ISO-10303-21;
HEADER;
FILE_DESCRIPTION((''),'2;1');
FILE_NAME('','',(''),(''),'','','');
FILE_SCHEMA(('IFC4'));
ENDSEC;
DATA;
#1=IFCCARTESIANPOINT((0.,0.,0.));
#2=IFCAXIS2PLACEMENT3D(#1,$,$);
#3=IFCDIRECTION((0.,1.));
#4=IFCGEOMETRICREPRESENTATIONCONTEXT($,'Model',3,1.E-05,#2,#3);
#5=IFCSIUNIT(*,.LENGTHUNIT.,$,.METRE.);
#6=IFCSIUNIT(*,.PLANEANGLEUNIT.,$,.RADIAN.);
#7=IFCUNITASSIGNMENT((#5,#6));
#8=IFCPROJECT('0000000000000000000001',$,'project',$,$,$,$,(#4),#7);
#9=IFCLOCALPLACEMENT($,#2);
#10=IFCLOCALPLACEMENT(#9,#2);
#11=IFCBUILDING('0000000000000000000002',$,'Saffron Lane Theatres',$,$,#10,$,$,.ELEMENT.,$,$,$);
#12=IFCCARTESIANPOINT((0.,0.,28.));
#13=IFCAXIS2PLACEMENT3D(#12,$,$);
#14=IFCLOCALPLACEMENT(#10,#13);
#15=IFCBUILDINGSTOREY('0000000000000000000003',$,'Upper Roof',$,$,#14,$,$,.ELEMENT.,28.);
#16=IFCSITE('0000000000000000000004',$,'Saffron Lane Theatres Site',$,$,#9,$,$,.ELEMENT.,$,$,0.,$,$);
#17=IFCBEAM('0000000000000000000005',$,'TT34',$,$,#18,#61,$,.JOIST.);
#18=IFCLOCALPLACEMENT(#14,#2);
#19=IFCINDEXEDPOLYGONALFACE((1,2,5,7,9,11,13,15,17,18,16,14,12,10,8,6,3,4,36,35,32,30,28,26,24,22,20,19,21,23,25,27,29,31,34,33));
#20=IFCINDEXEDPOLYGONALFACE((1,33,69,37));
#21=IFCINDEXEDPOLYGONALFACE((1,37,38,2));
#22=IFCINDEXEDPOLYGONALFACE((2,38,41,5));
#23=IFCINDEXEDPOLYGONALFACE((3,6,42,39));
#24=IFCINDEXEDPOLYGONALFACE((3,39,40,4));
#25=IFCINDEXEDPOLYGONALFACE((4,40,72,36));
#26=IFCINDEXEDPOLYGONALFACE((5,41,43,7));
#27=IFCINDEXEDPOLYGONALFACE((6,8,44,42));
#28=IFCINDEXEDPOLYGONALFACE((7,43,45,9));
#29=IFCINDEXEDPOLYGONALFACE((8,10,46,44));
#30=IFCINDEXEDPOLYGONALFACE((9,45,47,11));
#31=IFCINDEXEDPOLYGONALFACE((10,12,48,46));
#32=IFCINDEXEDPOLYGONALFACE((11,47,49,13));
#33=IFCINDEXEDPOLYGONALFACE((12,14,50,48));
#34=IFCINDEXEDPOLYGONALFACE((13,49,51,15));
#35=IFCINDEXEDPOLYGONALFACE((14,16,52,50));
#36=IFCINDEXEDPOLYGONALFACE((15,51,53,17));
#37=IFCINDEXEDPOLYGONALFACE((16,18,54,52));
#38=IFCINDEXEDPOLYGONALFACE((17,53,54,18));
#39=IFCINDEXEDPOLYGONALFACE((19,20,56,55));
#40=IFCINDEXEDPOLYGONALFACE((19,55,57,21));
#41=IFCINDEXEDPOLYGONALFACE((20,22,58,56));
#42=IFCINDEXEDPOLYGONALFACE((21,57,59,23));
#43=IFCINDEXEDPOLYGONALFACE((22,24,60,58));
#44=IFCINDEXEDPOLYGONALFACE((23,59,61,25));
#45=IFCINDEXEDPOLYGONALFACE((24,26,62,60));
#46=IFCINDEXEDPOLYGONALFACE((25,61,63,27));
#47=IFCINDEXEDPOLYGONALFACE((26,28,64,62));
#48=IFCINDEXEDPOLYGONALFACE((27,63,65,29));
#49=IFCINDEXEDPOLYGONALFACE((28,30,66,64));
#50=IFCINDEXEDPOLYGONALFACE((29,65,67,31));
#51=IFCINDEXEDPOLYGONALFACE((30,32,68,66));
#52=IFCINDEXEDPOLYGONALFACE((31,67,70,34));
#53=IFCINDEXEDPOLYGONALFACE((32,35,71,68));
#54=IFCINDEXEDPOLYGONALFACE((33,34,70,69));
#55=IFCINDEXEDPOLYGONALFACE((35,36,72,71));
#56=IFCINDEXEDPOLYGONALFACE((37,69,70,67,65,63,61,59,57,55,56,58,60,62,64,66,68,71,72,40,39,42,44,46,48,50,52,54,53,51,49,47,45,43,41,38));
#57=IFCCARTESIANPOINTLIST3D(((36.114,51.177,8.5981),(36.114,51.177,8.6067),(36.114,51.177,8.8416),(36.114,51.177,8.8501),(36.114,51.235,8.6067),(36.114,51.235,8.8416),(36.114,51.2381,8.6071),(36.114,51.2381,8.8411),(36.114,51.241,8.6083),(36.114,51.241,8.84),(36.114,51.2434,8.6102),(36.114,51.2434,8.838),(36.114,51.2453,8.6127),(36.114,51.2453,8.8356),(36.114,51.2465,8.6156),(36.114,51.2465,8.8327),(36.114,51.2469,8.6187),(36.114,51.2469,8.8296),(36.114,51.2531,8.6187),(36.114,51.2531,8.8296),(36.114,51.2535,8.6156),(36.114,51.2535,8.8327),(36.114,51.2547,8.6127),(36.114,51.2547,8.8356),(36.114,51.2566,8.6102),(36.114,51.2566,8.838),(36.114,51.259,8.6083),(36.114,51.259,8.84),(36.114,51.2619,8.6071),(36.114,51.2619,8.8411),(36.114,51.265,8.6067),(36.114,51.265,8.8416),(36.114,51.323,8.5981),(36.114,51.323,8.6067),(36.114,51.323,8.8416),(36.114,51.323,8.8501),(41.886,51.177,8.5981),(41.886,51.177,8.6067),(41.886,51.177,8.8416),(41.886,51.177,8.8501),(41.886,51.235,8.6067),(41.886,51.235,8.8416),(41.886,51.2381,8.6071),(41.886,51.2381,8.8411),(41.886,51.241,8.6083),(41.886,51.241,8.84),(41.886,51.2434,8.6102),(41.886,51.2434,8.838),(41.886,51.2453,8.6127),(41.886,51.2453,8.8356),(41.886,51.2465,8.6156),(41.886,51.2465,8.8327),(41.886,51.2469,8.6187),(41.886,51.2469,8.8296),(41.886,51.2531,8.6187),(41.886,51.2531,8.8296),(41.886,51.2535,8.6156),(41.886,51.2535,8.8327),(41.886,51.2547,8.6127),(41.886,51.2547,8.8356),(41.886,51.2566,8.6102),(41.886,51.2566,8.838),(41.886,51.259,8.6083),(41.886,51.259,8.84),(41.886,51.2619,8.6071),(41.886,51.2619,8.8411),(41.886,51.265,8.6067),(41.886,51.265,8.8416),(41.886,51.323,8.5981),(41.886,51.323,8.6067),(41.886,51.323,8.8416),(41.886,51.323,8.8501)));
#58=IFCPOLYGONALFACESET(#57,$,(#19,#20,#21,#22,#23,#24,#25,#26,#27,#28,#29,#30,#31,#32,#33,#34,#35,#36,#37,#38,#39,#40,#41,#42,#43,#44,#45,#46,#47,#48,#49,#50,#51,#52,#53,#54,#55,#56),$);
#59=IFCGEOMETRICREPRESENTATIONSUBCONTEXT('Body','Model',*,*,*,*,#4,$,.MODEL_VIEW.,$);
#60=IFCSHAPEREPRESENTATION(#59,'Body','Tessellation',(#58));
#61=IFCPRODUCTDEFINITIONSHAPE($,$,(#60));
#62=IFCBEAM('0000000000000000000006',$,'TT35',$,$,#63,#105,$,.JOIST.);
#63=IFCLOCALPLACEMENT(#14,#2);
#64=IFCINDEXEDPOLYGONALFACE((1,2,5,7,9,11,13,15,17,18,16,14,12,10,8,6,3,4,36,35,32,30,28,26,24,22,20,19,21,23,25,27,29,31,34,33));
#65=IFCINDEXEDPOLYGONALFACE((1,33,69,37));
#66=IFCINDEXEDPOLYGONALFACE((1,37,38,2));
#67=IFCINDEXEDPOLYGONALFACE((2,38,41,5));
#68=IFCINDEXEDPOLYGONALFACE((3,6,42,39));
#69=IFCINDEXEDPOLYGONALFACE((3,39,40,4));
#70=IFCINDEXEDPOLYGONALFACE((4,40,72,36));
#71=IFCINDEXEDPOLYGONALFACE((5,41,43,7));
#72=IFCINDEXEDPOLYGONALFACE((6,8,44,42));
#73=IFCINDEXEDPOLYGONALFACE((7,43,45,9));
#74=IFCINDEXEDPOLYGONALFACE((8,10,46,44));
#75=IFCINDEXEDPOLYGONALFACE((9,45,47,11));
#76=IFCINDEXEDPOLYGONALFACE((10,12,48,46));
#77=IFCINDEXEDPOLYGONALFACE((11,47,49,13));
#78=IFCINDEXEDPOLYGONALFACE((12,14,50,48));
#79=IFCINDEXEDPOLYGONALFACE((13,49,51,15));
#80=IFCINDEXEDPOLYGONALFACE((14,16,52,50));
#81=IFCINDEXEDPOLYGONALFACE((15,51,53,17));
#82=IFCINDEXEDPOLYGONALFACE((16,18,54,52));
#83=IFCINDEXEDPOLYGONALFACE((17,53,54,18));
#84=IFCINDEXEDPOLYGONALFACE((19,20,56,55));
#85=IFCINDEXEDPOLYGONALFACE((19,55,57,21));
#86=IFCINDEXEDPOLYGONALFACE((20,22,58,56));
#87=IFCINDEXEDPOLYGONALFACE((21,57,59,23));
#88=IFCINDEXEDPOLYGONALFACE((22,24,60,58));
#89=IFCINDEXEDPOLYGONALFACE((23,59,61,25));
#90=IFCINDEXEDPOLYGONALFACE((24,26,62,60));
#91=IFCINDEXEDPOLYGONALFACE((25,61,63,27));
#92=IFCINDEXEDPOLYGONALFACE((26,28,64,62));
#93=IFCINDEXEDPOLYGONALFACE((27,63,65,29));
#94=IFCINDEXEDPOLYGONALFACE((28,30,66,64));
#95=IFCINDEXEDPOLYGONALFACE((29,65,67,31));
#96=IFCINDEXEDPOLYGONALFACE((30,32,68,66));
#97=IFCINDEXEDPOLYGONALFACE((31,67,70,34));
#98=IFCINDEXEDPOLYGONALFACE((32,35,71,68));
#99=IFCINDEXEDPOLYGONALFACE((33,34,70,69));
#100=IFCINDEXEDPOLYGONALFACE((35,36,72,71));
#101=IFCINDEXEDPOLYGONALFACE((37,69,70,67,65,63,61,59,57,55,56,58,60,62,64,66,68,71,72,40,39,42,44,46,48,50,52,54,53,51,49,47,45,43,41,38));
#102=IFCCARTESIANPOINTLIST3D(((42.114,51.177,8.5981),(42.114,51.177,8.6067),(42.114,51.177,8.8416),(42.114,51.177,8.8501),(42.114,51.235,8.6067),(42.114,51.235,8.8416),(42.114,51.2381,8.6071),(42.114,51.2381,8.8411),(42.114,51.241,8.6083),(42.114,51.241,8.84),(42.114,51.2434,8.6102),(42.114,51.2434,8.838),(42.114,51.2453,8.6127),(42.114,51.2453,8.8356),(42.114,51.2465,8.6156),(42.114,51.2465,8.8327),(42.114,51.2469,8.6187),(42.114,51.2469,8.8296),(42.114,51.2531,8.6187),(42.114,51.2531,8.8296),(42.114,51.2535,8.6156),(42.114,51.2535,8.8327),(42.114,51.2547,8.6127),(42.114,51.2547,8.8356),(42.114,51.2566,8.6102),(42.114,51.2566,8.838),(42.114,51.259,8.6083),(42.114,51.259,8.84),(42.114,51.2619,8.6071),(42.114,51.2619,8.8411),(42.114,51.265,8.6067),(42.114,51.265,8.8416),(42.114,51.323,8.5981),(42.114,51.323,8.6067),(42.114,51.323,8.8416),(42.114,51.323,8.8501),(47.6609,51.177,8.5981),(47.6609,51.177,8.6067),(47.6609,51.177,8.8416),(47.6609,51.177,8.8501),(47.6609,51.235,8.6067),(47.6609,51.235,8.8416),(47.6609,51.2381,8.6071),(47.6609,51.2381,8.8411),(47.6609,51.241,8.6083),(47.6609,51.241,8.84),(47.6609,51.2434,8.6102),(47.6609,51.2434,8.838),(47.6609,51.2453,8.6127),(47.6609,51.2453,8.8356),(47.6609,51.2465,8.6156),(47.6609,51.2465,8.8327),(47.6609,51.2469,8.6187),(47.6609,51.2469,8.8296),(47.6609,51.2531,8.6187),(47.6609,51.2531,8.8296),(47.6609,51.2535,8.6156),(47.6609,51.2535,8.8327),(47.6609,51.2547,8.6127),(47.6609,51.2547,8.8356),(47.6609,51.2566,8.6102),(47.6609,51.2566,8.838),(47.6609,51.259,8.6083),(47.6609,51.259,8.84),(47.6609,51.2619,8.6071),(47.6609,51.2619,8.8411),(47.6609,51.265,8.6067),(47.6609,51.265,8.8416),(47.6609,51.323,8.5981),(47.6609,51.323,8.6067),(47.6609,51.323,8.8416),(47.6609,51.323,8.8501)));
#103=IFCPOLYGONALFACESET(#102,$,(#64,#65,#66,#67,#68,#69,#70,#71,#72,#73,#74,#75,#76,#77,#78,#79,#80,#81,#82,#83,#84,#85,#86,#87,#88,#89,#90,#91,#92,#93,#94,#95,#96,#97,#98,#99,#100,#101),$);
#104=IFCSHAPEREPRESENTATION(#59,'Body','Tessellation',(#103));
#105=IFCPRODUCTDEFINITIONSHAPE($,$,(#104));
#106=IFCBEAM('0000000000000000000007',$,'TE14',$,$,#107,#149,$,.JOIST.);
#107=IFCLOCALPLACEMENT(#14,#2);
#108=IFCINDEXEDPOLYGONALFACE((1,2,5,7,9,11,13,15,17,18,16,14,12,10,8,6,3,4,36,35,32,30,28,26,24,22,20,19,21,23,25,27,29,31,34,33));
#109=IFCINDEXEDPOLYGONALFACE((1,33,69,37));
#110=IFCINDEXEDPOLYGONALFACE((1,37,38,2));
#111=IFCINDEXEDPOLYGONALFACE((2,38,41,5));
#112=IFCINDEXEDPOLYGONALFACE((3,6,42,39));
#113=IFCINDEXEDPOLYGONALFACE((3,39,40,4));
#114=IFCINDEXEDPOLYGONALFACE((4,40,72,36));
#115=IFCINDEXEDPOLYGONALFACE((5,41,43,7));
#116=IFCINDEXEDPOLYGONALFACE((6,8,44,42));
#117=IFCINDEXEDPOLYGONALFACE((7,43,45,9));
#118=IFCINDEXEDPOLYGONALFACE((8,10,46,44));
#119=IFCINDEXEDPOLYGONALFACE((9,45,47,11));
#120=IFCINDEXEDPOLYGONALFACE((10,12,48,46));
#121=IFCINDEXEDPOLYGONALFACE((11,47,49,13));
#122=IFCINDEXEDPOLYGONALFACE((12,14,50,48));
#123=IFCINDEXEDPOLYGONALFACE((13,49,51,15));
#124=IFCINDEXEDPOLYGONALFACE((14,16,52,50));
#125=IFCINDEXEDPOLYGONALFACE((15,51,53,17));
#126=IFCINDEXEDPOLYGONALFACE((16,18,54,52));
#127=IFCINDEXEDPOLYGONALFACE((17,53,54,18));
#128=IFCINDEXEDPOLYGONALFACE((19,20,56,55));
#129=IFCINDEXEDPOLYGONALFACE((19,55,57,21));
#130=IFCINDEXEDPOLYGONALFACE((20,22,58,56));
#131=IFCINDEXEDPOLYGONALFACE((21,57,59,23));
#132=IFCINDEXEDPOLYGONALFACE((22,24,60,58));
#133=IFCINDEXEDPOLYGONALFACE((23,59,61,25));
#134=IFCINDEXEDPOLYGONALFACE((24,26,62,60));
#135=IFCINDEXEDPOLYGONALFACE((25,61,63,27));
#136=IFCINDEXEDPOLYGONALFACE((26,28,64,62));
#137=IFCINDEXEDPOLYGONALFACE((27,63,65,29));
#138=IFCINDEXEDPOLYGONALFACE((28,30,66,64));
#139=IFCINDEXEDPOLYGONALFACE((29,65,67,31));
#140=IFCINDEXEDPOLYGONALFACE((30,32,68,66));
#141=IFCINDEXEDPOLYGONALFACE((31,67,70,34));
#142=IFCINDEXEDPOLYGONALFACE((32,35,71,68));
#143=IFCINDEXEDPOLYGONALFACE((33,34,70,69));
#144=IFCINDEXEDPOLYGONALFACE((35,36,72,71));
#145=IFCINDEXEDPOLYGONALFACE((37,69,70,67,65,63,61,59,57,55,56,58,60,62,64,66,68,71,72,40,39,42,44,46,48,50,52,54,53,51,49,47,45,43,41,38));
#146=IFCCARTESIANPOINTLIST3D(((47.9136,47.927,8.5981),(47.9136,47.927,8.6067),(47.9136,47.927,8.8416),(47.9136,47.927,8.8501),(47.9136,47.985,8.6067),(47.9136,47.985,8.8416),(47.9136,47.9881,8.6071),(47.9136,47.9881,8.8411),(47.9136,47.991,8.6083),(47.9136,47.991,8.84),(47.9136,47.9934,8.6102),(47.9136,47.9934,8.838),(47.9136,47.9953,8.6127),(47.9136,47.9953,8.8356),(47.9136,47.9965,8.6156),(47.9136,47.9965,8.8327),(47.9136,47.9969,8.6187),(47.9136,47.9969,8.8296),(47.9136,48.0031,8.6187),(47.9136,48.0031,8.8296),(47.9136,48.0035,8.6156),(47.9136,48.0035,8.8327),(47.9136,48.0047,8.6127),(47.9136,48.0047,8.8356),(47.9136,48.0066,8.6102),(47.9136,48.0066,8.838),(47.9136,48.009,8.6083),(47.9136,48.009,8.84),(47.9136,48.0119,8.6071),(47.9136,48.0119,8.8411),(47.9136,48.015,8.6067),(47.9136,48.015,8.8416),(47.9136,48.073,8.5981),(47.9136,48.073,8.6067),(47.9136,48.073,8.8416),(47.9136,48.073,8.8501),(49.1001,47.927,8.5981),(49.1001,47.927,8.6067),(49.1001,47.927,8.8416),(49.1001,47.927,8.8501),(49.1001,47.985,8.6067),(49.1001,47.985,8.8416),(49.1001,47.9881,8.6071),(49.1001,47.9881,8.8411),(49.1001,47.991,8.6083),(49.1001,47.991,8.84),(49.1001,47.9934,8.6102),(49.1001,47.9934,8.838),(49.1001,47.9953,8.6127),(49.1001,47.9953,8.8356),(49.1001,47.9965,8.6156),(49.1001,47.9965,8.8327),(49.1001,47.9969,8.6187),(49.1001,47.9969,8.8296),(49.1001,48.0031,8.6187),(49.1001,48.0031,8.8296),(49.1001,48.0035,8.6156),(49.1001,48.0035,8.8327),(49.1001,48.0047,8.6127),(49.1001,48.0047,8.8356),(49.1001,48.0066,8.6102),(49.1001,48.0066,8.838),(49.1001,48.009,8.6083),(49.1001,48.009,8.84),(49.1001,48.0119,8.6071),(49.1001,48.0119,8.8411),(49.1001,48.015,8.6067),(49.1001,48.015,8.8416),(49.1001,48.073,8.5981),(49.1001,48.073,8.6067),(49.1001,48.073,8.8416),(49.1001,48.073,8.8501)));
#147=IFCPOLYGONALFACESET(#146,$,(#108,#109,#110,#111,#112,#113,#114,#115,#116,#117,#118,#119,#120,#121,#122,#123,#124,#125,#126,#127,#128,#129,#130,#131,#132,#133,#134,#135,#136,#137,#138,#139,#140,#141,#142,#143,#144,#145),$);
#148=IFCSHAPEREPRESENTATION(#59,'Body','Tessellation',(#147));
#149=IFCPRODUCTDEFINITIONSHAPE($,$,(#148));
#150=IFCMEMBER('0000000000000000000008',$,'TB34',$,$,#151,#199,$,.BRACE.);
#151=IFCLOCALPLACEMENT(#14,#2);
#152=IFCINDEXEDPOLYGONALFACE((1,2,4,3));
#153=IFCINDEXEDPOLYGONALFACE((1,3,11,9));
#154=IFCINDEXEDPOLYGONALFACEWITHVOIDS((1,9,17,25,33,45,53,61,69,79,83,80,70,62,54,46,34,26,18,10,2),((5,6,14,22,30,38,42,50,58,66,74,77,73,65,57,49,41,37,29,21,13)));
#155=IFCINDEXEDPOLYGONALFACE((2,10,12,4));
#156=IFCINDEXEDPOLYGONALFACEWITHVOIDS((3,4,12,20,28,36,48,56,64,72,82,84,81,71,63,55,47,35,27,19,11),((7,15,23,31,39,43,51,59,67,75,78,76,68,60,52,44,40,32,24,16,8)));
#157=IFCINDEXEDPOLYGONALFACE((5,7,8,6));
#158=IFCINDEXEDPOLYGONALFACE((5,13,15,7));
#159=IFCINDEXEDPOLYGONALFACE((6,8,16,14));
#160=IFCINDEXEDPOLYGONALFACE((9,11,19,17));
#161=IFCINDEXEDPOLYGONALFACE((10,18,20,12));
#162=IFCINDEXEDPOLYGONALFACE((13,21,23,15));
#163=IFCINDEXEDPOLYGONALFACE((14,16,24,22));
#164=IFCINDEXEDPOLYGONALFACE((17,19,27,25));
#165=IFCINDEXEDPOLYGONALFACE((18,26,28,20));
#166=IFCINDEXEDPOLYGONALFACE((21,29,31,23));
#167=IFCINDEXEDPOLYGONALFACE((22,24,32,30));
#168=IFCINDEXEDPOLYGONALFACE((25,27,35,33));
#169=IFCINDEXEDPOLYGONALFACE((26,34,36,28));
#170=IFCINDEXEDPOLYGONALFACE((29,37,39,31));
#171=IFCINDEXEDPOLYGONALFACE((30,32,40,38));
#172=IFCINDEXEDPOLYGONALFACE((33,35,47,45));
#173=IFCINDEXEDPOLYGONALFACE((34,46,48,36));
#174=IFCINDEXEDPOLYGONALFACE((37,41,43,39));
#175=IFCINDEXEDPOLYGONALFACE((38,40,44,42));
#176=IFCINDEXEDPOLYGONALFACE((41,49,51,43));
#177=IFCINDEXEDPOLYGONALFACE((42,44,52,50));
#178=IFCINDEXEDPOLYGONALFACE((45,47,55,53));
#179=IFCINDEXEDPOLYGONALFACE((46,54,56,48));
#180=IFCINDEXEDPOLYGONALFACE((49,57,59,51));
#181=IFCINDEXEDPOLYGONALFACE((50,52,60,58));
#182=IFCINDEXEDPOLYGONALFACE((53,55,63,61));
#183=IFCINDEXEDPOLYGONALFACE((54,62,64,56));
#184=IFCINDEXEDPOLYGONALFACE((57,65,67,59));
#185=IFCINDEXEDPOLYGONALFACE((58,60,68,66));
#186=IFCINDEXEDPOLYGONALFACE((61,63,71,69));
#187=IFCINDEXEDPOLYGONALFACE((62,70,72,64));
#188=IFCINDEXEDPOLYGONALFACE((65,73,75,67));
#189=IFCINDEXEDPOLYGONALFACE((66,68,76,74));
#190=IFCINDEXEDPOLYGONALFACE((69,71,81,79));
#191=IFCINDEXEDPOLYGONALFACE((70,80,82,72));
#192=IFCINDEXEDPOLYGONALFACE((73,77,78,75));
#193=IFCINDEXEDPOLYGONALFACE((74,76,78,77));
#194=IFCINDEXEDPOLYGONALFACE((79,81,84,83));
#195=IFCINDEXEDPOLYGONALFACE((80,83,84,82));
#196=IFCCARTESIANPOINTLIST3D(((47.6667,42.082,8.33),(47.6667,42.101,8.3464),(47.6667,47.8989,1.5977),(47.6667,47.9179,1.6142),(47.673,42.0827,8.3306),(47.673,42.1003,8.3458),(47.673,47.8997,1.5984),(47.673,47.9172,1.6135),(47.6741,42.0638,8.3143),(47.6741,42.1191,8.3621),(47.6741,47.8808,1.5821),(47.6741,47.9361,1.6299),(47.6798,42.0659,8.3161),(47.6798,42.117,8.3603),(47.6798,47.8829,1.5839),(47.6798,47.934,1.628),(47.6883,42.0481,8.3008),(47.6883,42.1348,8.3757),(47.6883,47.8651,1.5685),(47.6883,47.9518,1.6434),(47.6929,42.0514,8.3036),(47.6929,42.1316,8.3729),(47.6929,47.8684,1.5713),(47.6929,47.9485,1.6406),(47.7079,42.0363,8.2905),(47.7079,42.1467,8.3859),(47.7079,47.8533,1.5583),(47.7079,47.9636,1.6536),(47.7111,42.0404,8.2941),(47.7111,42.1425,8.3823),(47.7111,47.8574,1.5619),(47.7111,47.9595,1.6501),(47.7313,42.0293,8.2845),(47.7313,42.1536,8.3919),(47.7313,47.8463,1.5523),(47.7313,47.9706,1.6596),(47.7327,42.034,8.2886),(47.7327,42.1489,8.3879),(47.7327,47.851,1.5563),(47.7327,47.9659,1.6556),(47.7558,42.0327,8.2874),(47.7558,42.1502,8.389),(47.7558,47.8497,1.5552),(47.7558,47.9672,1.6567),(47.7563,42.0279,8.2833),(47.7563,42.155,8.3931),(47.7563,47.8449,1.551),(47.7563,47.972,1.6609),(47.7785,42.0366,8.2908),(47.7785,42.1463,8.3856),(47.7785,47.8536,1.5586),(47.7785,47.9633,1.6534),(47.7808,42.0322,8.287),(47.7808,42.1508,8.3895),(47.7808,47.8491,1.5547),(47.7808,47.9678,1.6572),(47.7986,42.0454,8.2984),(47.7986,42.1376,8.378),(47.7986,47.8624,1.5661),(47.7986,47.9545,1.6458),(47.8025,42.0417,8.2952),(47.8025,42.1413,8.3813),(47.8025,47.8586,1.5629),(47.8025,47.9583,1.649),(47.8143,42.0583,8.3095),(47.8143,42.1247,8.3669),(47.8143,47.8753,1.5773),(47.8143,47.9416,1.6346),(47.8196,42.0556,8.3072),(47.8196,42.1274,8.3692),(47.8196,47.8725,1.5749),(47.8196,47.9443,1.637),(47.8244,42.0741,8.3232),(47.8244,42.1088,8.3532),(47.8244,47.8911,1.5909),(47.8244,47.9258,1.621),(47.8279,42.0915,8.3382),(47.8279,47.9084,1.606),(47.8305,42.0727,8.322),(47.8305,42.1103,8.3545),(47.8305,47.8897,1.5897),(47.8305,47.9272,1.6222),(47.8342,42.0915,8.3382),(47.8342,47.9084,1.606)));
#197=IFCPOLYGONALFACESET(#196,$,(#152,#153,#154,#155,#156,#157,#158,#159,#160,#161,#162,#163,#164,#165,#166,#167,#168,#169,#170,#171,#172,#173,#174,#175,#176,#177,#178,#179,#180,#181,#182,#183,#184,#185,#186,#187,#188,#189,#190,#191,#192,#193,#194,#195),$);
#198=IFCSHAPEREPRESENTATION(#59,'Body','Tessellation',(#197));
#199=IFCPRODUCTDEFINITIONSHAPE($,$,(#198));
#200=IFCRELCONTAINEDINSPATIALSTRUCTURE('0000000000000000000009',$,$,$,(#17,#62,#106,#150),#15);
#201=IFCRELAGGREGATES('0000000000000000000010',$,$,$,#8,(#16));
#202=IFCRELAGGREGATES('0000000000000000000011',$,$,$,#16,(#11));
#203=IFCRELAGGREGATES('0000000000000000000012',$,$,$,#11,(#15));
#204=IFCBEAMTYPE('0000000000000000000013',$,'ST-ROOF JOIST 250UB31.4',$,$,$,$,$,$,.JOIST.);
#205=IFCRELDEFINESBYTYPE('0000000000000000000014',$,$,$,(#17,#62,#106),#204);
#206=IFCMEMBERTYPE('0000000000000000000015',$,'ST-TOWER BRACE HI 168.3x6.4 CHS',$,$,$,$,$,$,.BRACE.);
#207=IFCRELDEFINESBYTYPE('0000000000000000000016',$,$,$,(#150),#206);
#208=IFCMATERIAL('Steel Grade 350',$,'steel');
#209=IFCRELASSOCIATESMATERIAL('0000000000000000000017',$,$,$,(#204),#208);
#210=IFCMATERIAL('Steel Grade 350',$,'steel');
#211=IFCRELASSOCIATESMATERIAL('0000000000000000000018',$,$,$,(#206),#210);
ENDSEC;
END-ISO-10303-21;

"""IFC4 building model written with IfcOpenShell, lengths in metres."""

from ifc_helpers import new_model, si_unit, direction, frame, origin, origin_2d, place, context, subcontext, project, spatial, hollow_circle, i_section, extrude, material, material_profile, profile_set, type_object, element, save


model = new_model("IFC4")

# Units and contexts
model_context = context("Model", 3, precision=1e-05, world=origin(), true_north=direction((0.0, 1.0)))
body_context = subcontext(model_context, "Body", "Model", "MODEL_VIEW")
ifc_project = project(units=[si_unit("LENGTHUNIT", "METRE"), si_unit("PLANEANGLEUNIT", "RADIAN")], contexts=[model_context])

# Site, building, storey
site_placement = place(None, origin())
site = spatial("IfcSite", under=ifc_project, at=site_placement, Name="Saffron Lane Theatres Site", CompositionType="ELEMENT", RefElevation=0.0)
building_placement = place(site_placement, origin())
building = spatial("IfcBuilding", under=site, at=building_placement, Name="Saffron Lane Theatres", CompositionType="ELEMENT")
storey_placement = place(building_placement, frame((0.0, 0.0, 28.0)))
storey = spatial("IfcBuildingStorey", under=building, at=storey_placement, Name="Upper Roof", CompositionType="ELEMENT", Elevation=28.0)

# Beams
ifc_material_1 = material(Name="Steel Grade 350", Category="steel")
ifc_material_profile_1 = material_profile(ifc_material_1, i_section(OverallWidth=0.146, OverallDepth=0.252, WebThickness=0.0061, FlangeThickness=0.0085, FilletRadius=0.012, at=origin_2d()))
ifc_profile_set_1 = profile_set([ifc_material_profile_1], Name="Steel Grade 350")
beam_type_1 = type_object("IfcBeamType", Name="ST-ROOF JOIST 250UB31.4", PredefinedType="JOIST", material=ifc_profile_set_1)
beam_1_placement = place(storey_placement, frame((36.114, 51.25, 8.7241), z_axis=(1.0, 0.0, 0.0), x_axis=(0.0, 1.0, 0.0)))
element("IfcBeam", 1, at=beam_1_placement, inside=storey, type_object=beam_type_1, Name="TT34", PredefinedType="JOIST", context=body_context, shape_type="SweptSolid", body=[
    extrude(i_section(OverallWidth=0.146, OverallDepth=0.252, WebThickness=0.0061, FlangeThickness=0.0085, FilletRadius=0.012, at=origin_2d()), origin(), (0.0, 0.0, 1.0), 5.772),
])
beam_2_placement = place(storey_placement, frame((42.114, 51.25, 8.7241), z_axis=(1.0, 0.0, 0.0), x_axis=(0.0, 1.0, 0.0)))
element("IfcBeam", 2, at=beam_2_placement, inside=storey, type_object=beam_type_1, Name="TT35", PredefinedType="JOIST", context=body_context, shape_type="SweptSolid", body=[
    extrude(i_section(OverallWidth=0.146, OverallDepth=0.252, WebThickness=0.0061, FlangeThickness=0.0085, FilletRadius=0.012, at=origin_2d()), origin(), (0.0, 0.0, 1.0), 5.5469),
])
beam_3_placement = place(storey_placement, frame((47.9136, 48.0, 8.7241), z_axis=(1.0, 0.0, 0.0), x_axis=(0.0, 1.0, 0.0)))
element("IfcBeam", 3, at=beam_3_placement, inside=storey, type_object=beam_type_1, Name="TE14", PredefinedType="JOIST", context=body_context, shape_type="SweptSolid", body=[
    extrude(i_section(OverallWidth=0.146, OverallDepth=0.252, WebThickness=0.0061, FlangeThickness=0.0085, FilletRadius=0.012, at=origin_2d()), origin(), (0.0, 0.0, 1.0), 1.1865),
])

# Member
ifc_material_2 = material(Name="Steel Grade 350", Category="steel")
ifc_material_profile_2 = material_profile(ifc_material_2, hollow_circle(Radius=0.0842, WallThickness=0.0063, at=origin_2d()))
ifc_profile_set_2 = profile_set([ifc_material_profile_2], Name="Steel Grade 350")
member_type_1 = type_object("IfcMemberType", Name="ST-TOWER BRACE HI 168.3x6.4 CHS", PredefinedType="BRACE", material=ifc_profile_set_2)
member_1_placement = place(storey_placement, frame((47.75, 47.9084, 1.606), z_axis=(0.0, -0.653796, 0.756671), x_axis=(1.0, 0.0, 0.0)))
element("IfcMember", 4, at=member_1_placement, inside=storey, type_object=member_type_1, Name="TB34", PredefinedType="BRACE", context=body_context, shape_type="SweptSolid", body=[
    extrude(hollow_circle(Radius=0.0842, WallThickness=0.0063, at=origin_2d()), origin(), (0.0, 0.0, 1.0), 8.8972),
])

save(model, "model.ifc")
